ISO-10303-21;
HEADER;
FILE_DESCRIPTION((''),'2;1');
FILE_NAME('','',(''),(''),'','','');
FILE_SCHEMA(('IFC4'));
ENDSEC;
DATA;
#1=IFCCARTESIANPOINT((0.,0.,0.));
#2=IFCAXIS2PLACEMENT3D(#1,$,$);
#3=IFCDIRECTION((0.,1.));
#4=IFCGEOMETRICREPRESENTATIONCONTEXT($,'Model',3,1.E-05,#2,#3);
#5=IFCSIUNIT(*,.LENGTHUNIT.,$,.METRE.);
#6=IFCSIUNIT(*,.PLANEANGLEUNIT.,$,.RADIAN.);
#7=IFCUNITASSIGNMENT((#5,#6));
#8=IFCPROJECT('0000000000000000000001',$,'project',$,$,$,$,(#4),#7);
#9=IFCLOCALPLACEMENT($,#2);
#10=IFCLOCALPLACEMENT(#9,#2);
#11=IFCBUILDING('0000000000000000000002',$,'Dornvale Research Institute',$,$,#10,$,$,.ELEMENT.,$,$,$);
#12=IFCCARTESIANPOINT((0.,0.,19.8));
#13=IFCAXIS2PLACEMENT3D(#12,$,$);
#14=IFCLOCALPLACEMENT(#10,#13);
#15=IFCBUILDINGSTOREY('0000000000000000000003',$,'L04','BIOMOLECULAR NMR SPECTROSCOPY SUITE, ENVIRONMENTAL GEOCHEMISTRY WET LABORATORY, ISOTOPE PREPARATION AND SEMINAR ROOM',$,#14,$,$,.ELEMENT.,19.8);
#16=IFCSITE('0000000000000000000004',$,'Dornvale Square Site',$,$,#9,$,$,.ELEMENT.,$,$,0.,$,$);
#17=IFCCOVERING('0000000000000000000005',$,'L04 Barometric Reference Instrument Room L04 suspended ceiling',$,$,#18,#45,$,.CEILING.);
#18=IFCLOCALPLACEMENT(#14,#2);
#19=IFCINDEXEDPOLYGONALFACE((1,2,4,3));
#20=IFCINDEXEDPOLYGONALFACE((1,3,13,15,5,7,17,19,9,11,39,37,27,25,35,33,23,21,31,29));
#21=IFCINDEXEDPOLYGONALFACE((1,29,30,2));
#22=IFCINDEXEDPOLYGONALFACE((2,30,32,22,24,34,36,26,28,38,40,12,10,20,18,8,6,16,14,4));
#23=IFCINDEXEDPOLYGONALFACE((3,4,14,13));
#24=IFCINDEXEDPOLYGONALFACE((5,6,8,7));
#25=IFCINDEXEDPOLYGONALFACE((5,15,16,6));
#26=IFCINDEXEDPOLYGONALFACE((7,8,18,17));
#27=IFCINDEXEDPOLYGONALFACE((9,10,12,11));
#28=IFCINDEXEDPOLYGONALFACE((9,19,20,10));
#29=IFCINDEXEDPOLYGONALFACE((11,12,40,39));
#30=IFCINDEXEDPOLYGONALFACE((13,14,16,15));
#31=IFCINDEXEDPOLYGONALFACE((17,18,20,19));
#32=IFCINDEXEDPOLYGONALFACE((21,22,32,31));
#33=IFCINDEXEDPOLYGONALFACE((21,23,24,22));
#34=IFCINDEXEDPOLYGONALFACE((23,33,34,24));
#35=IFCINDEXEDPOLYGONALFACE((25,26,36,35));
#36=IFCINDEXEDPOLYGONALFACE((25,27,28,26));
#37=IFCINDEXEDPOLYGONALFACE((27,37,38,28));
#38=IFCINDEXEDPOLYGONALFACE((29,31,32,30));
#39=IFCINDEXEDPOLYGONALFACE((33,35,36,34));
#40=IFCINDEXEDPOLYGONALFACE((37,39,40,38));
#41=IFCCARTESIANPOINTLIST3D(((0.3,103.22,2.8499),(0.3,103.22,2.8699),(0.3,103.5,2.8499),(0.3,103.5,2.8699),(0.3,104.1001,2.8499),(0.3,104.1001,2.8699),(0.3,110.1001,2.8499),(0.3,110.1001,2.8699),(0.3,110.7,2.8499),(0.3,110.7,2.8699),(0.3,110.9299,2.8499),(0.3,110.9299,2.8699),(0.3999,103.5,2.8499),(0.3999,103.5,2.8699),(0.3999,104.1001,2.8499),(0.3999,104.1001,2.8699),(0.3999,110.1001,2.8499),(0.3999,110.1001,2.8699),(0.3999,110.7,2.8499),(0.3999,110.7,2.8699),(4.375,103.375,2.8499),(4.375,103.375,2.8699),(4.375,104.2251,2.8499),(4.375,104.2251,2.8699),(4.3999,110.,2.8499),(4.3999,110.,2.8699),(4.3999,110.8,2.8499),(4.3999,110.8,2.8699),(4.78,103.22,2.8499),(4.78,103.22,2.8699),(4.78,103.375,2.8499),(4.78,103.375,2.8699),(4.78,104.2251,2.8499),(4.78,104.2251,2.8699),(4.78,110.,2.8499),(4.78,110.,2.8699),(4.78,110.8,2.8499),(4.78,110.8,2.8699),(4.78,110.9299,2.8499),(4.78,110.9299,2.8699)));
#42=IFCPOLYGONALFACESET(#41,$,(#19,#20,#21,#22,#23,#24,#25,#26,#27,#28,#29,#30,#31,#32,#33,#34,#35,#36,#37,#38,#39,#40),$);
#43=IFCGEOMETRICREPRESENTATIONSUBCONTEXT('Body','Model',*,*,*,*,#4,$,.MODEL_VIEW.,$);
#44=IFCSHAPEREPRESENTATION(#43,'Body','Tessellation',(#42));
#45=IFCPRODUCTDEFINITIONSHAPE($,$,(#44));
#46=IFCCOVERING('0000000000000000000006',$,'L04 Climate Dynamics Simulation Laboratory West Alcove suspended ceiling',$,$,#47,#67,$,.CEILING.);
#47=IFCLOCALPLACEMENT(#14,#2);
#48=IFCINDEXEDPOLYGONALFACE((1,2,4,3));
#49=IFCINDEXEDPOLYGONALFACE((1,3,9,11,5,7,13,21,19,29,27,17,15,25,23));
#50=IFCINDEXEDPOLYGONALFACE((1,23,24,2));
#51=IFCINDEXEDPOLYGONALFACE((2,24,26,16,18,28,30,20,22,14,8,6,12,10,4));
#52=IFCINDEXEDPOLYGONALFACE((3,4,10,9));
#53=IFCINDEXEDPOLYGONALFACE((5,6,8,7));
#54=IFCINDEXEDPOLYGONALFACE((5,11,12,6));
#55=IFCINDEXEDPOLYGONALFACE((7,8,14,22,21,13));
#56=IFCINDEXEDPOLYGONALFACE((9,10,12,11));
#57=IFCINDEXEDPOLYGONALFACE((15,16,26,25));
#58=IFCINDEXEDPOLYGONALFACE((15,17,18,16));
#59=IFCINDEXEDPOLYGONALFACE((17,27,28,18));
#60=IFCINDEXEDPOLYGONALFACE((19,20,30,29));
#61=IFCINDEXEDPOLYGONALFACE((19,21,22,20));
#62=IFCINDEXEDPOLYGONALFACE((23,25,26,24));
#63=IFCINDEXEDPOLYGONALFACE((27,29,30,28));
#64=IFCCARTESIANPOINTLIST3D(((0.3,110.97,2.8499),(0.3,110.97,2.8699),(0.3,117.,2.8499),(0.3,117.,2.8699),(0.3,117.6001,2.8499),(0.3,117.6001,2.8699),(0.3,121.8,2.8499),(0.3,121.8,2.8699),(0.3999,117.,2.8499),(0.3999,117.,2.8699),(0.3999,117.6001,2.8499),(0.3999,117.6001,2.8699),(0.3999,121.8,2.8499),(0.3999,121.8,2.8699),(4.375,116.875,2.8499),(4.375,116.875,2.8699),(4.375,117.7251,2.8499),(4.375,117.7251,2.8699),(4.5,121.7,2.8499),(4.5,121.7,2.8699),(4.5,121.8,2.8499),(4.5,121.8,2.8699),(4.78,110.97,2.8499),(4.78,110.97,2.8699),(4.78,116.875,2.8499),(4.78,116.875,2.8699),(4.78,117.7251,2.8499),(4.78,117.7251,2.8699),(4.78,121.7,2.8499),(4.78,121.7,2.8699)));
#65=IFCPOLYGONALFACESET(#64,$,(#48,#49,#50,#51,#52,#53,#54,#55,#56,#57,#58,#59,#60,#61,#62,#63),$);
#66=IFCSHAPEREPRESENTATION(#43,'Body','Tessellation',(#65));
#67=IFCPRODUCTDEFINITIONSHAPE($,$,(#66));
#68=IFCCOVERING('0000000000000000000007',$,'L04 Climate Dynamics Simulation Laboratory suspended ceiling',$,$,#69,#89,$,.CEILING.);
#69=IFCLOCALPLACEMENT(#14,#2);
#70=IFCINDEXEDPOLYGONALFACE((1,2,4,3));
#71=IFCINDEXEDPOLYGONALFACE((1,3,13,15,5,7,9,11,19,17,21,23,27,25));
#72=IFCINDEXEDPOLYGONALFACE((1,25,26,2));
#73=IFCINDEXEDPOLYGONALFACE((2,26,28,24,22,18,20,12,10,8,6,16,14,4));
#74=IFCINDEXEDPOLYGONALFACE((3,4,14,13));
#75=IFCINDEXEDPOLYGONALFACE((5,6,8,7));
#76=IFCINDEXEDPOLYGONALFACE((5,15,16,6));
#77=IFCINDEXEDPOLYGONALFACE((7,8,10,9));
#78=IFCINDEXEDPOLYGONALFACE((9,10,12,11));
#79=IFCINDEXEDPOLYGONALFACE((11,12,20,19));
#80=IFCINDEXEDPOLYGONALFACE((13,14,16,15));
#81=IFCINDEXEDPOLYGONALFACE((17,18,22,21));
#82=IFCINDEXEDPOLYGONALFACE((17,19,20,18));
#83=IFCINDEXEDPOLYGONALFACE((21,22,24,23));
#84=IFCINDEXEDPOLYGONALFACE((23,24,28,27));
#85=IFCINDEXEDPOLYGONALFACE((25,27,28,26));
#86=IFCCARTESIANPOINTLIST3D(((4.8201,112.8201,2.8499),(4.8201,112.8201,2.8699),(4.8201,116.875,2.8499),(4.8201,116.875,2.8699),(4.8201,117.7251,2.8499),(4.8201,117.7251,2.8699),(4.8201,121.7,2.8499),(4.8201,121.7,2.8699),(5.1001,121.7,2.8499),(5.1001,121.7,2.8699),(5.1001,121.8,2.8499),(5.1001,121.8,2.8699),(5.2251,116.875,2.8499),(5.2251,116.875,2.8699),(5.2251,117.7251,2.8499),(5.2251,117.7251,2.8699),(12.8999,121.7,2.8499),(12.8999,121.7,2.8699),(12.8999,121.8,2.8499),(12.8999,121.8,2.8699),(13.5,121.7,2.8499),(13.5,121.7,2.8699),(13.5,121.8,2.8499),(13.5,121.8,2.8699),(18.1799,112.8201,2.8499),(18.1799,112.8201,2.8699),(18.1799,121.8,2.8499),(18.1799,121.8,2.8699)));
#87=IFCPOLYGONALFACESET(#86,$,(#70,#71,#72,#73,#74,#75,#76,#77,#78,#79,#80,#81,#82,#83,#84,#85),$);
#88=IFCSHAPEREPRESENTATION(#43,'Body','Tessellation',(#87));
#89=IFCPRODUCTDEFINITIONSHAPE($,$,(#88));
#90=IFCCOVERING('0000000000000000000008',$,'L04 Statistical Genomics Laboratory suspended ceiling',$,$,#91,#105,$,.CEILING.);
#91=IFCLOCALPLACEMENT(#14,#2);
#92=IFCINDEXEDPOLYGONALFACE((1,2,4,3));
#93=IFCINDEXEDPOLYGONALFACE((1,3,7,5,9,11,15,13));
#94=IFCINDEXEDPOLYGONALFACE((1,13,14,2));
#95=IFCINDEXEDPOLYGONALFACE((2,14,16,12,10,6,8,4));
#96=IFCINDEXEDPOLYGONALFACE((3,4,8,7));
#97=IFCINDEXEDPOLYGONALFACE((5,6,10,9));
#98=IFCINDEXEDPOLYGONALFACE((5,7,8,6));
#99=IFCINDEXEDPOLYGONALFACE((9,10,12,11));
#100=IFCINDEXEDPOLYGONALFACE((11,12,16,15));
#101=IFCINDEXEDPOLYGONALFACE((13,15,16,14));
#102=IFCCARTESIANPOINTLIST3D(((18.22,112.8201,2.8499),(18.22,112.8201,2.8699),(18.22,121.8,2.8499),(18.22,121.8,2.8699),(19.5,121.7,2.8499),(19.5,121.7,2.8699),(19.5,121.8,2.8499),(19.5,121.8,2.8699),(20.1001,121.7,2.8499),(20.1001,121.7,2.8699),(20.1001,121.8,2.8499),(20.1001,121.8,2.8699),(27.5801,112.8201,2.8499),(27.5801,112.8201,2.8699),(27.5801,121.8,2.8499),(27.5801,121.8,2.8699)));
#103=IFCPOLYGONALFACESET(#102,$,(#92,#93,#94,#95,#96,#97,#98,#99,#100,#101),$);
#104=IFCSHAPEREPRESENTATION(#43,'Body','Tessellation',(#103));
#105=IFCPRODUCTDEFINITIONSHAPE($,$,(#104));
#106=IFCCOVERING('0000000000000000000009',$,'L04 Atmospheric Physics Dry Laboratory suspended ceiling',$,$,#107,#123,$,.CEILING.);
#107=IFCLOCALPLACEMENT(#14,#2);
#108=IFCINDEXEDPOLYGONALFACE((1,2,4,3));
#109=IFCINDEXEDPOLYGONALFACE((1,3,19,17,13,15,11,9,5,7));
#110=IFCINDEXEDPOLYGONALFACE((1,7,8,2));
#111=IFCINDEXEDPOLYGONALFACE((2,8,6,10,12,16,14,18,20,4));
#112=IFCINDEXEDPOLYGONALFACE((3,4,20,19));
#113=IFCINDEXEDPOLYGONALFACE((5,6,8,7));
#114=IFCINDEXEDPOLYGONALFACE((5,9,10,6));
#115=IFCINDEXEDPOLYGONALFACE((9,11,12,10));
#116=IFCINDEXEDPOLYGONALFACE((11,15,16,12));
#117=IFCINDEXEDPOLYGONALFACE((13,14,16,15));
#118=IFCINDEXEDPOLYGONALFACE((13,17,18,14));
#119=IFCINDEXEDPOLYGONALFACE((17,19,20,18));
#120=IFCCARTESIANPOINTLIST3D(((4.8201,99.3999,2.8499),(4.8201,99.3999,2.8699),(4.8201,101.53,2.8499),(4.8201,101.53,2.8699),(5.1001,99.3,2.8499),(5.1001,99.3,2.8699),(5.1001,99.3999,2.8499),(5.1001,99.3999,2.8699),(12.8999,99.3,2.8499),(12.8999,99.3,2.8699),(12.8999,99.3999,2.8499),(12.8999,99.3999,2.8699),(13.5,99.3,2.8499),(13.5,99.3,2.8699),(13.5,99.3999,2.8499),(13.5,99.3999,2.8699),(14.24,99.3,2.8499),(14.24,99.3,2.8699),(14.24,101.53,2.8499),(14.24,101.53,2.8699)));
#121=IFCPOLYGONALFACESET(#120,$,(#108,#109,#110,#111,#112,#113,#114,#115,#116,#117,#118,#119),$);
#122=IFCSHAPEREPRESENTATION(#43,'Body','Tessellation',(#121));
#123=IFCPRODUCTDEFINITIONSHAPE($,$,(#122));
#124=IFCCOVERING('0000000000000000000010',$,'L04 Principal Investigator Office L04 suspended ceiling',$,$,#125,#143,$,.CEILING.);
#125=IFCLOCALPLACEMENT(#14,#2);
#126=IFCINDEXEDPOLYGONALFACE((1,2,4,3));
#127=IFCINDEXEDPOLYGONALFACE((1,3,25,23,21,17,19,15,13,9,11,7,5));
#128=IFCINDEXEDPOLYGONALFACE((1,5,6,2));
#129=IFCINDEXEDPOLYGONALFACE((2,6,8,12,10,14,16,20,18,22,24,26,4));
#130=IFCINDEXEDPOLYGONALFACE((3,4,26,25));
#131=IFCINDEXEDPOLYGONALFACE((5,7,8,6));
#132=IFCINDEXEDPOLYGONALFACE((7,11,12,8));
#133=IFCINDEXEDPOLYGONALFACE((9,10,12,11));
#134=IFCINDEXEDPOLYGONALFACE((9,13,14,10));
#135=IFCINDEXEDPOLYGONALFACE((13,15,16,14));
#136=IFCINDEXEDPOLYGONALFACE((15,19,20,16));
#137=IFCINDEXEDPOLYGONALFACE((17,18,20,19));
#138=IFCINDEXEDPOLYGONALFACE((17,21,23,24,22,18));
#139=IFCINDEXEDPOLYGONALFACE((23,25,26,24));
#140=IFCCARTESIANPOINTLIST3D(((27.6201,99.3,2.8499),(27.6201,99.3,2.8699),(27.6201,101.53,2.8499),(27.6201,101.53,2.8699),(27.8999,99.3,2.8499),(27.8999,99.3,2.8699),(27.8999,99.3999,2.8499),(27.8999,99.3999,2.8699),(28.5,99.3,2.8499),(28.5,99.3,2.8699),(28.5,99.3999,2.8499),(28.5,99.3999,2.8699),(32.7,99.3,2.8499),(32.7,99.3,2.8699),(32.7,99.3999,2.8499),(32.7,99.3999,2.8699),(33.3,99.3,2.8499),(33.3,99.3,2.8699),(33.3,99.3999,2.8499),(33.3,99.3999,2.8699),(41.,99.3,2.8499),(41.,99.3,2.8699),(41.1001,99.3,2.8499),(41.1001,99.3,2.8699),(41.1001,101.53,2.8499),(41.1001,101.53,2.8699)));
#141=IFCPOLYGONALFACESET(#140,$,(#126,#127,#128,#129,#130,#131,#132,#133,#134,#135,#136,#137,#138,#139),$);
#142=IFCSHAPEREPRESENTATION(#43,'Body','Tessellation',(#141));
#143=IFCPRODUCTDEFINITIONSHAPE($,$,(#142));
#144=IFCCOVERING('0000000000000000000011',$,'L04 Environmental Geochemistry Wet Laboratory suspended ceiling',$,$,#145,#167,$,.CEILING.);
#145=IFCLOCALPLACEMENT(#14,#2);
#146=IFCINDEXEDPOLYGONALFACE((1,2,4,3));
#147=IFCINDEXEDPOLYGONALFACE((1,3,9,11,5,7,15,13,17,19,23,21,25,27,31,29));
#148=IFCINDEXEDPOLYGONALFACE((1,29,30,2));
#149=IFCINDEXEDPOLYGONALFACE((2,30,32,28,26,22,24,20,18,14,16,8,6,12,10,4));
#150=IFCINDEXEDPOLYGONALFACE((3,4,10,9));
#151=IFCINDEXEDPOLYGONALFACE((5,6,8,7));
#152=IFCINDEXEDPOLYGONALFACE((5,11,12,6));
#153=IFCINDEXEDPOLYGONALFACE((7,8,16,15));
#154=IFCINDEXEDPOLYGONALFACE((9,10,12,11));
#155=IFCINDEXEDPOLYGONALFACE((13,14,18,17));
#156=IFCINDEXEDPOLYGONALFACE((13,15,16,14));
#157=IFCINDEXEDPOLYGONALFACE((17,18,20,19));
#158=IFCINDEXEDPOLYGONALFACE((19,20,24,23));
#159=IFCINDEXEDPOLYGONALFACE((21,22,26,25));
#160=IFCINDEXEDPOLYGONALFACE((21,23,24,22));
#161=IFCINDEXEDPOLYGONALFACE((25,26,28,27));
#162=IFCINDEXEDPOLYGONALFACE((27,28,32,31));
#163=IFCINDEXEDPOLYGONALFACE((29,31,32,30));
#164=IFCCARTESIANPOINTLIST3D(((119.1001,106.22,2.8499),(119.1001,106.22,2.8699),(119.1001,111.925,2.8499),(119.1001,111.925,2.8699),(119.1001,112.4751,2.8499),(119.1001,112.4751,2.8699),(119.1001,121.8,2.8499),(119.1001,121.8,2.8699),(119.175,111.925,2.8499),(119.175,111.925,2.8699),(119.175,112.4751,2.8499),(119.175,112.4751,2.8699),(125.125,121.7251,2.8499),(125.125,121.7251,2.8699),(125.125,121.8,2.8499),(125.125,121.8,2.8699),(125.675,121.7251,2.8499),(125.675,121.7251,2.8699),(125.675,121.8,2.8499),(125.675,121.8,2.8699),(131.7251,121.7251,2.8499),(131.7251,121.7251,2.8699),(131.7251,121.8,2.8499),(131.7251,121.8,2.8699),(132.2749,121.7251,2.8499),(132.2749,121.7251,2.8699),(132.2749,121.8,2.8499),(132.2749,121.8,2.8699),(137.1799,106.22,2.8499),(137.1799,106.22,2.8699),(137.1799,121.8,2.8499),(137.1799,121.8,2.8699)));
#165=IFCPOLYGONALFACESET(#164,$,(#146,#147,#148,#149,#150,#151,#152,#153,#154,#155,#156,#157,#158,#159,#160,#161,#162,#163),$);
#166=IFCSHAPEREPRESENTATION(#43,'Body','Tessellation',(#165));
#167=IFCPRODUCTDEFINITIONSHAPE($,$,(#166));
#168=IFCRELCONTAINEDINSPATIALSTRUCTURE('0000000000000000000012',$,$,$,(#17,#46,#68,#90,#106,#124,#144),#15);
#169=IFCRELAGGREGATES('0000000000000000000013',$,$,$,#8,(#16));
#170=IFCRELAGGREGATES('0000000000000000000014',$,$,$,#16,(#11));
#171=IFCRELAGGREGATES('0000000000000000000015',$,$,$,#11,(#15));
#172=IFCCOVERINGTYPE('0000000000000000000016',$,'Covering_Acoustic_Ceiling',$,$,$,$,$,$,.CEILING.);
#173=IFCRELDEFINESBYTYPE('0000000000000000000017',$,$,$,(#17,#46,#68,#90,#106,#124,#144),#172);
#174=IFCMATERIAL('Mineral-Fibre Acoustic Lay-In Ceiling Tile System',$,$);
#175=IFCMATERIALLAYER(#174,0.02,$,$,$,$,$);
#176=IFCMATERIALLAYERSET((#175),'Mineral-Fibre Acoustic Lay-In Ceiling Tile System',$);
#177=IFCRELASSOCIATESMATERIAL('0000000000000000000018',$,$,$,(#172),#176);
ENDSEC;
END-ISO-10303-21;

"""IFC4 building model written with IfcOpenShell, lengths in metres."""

from ifc_helpers import new_model, si_unit, direction, frame, origin, place, context, subcontext, project, spatial, polyline, outline, extrude, material, layer, layer_set, type_object, element, save


model = new_model("IFC4")

# Units and contexts
model_context = context("Model", 3, precision=1e-05, world=origin(), true_north=direction((0.0, 1.0)))
body_context = subcontext(model_context, "Body", "Model", "MODEL_VIEW")
ifc_project = project(units=[si_unit("LENGTHUNIT", "METRE"), si_unit("PLANEANGLEUNIT", "RADIAN")], contexts=[model_context])

# Site, building, storey
site_placement = place(None, origin())
site = spatial("IfcSite", under=ifc_project, at=site_placement, Name="Dornvale Square Site", CompositionType="ELEMENT", RefElevation=0.0)
building_placement = place(site_placement, origin())
building = spatial("IfcBuilding", under=site, at=building_placement, Name="Dornvale Research Institute", CompositionType="ELEMENT")
storey_placement = place(building_placement, frame((0.0, 0.0, 19.8)))
storey = spatial("IfcBuildingStorey", under=building, at=storey_placement, Name="L04", Description="BIOMOLECULAR NMR SPECTROSCOPY SUITE, ENVIRONMENTAL GEOCHEMISTRY WET LABORATORY, ISOTOPE PREPARATION AND SEMINAR ROOM", CompositionType="ELEMENT", Elevation=19.8)

# Coverings
ifc_material_1 = material(Name="Mineral-Fibre Acoustic Lay-In Ceiling Tile System")
ifc_layer_1 = layer(ifc_material_1, 0.02)
ifc_layer_set_1 = layer_set([ifc_layer_1], Name="Mineral-Fibre Acoustic Lay-In Ceiling Tile System")
covering_type_1 = type_object("IfcCoveringType", Name="Covering_Acoustic_Ceiling", PredefinedType="CEILING", material=ifc_layer_set_1)
covering_1_placement = place(storey_placement, frame((0.0, 0.0, 2.8499)))
element("IfcCovering", 1, at=covering_1_placement, inside=storey, type_object=covering_type_1, Name="L04 Barometric Reference Instrument Room L04 suspended ceiling", PredefinedType="CEILING", context=body_context, shape_type="SweptSolid", body=[
    extrude(outline(polyline([(4.3999, 110.8), (4.3999, 110.0), (4.78, 110.0), (4.78, 104.2251), (4.375, 104.2251), (4.375, 103.375), (4.78, 103.375), (4.78, 103.22), (0.3, 103.22), (0.3, 103.5), (0.3999, 103.5), (0.3999, 104.1001), (0.3, 104.1001), (0.3, 110.1001), (0.3999, 110.1001), (0.3999, 110.7), (0.3, 110.7), (0.3, 110.9299), (4.78, 110.9299), (4.78, 110.8), (4.3999, 110.8)])), origin(), (0.0, 0.0, 1.0), 0.02),
])
covering_2_placement = place(storey_placement, frame((0.0, 0.0, 2.8499)))
element("IfcCovering", 2, at=covering_2_placement, inside=storey, type_object=covering_type_1, Name="L04 Climate Dynamics Simulation Laboratory West Alcove suspended ceiling", PredefinedType="CEILING", context=body_context, shape_type="SweptSolid", body=[
    extrude(outline(polyline([(4.375, 116.875), (4.78, 116.875), (4.78, 110.97), (0.3, 110.97), (0.3, 117.0), (0.3999, 117.0), (0.3999, 117.6001), (0.3, 117.6001), (0.3, 121.8), (0.3999, 121.8), (4.5, 121.8), (4.5, 121.7), (4.78, 121.7), (4.78, 117.7251), (4.375, 117.7251), (4.375, 116.875)])), origin(), (0.0, 0.0, 1.0), 0.02),
])
covering_3_placement = place(storey_placement, frame((0.0, 0.0, 2.8499)))
element("IfcCovering", 3, at=covering_3_placement, inside=storey, type_object=covering_type_1, Name="L04 Climate Dynamics Simulation Laboratory suspended ceiling", PredefinedType="CEILING", context=body_context, shape_type="SweptSolid", body=[
    extrude(outline(polyline([(12.8999, 121.8), (12.8999, 121.7), (13.5, 121.7), (13.5, 121.8), (18.1799, 121.8), (18.1799, 112.8201), (4.8201, 112.8201), (4.8201, 116.875), (5.2251, 116.875), (5.2251, 117.7251), (4.8201, 117.7251), (4.8201, 121.7), (5.1001, 121.7), (5.1001, 121.8), (12.8999, 121.8)])), origin(), (0.0, 0.0, 1.0), 0.02),
])
covering_4_placement = place(storey_placement, frame((0.0, 0.0, 2.8499)))
element("IfcCovering", 4, at=covering_4_placement, inside=storey, type_object=covering_type_1, Name="L04 Statistical Genomics Laboratory suspended ceiling", PredefinedType="CEILING", context=body_context, shape_type="SweptSolid", body=[
    extrude(outline(polyline([(18.22, 112.8201), (18.22, 121.8), (19.5, 121.8), (19.5, 121.7), (20.1001, 121.7), (20.1001, 121.8), (27.5801, 121.8), (27.5801, 112.8201), (18.22, 112.8201)])), origin(), (0.0, 0.0, 1.0), 0.02),
])
covering_5_placement = place(storey_placement, frame((0.0, 0.0, 2.8499)))
element("IfcCovering", 5, at=covering_5_placement, inside=storey, type_object=covering_type_1, Name="L04 Atmospheric Physics Dry Laboratory suspended ceiling", PredefinedType="CEILING", context=body_context, shape_type="SweptSolid", body=[
    extrude(outline(polyline([(12.8999, 99.3999), (12.8999, 99.3), (5.1001, 99.3), (5.1001, 99.3999), (4.8201, 99.3999), (4.8201, 101.53), (14.24, 101.53), (14.24, 99.3), (13.5, 99.3), (13.5, 99.3999), (12.8999, 99.3999)])), origin(), (0.0, 0.0, 1.0), 0.02),
])
covering_6_placement = place(storey_placement, frame((0.0, 0.0, 2.8499)))
element("IfcCovering", 6, at=covering_6_placement, inside=storey, type_object=covering_type_1, Name="L04 Principal Investigator Office L04 suspended ceiling", PredefinedType="CEILING", context=body_context, shape_type="SweptSolid", body=[
    extrude(outline(polyline([(28.5, 99.3), (28.5, 99.3999), (27.8999, 99.3999), (27.8999, 99.3), (27.6201, 99.3), (27.6201, 101.53), (41.1001, 101.53), (41.1001, 99.3), (41.0, 99.3), (33.3, 99.3), (33.3, 99.3999), (32.7, 99.3999), (32.7, 99.3), (28.5, 99.3)])), origin(), (0.0, 0.0, 1.0), 0.02),
])
covering_7_placement = place(storey_placement, frame((0.0, 0.0, 2.8499)))
element("IfcCovering", 7, at=covering_7_placement, inside=storey, type_object=covering_type_1, Name="L04 Environmental Geochemistry Wet Laboratory suspended ceiling", PredefinedType="CEILING", context=body_context, shape_type="SweptSolid", body=[
    extrude(outline(polyline([(119.1001, 112.4751), (119.1001, 121.8), (125.125, 121.8), (125.125, 121.7251), (125.675, 121.7251), (125.675, 121.8), (131.7251, 121.8), (131.7251, 121.7251), (132.2749, 121.7251), (132.2749, 121.8), (137.1799, 121.8), (137.1799, 106.22), (119.1001, 106.22), (119.1001, 111.925), (119.175, 111.925), (119.175, 112.4751), (119.1001, 112.4751)])), origin(), (0.0, 0.0, 1.0), 0.02),
])

save(model, "model.ifc")
